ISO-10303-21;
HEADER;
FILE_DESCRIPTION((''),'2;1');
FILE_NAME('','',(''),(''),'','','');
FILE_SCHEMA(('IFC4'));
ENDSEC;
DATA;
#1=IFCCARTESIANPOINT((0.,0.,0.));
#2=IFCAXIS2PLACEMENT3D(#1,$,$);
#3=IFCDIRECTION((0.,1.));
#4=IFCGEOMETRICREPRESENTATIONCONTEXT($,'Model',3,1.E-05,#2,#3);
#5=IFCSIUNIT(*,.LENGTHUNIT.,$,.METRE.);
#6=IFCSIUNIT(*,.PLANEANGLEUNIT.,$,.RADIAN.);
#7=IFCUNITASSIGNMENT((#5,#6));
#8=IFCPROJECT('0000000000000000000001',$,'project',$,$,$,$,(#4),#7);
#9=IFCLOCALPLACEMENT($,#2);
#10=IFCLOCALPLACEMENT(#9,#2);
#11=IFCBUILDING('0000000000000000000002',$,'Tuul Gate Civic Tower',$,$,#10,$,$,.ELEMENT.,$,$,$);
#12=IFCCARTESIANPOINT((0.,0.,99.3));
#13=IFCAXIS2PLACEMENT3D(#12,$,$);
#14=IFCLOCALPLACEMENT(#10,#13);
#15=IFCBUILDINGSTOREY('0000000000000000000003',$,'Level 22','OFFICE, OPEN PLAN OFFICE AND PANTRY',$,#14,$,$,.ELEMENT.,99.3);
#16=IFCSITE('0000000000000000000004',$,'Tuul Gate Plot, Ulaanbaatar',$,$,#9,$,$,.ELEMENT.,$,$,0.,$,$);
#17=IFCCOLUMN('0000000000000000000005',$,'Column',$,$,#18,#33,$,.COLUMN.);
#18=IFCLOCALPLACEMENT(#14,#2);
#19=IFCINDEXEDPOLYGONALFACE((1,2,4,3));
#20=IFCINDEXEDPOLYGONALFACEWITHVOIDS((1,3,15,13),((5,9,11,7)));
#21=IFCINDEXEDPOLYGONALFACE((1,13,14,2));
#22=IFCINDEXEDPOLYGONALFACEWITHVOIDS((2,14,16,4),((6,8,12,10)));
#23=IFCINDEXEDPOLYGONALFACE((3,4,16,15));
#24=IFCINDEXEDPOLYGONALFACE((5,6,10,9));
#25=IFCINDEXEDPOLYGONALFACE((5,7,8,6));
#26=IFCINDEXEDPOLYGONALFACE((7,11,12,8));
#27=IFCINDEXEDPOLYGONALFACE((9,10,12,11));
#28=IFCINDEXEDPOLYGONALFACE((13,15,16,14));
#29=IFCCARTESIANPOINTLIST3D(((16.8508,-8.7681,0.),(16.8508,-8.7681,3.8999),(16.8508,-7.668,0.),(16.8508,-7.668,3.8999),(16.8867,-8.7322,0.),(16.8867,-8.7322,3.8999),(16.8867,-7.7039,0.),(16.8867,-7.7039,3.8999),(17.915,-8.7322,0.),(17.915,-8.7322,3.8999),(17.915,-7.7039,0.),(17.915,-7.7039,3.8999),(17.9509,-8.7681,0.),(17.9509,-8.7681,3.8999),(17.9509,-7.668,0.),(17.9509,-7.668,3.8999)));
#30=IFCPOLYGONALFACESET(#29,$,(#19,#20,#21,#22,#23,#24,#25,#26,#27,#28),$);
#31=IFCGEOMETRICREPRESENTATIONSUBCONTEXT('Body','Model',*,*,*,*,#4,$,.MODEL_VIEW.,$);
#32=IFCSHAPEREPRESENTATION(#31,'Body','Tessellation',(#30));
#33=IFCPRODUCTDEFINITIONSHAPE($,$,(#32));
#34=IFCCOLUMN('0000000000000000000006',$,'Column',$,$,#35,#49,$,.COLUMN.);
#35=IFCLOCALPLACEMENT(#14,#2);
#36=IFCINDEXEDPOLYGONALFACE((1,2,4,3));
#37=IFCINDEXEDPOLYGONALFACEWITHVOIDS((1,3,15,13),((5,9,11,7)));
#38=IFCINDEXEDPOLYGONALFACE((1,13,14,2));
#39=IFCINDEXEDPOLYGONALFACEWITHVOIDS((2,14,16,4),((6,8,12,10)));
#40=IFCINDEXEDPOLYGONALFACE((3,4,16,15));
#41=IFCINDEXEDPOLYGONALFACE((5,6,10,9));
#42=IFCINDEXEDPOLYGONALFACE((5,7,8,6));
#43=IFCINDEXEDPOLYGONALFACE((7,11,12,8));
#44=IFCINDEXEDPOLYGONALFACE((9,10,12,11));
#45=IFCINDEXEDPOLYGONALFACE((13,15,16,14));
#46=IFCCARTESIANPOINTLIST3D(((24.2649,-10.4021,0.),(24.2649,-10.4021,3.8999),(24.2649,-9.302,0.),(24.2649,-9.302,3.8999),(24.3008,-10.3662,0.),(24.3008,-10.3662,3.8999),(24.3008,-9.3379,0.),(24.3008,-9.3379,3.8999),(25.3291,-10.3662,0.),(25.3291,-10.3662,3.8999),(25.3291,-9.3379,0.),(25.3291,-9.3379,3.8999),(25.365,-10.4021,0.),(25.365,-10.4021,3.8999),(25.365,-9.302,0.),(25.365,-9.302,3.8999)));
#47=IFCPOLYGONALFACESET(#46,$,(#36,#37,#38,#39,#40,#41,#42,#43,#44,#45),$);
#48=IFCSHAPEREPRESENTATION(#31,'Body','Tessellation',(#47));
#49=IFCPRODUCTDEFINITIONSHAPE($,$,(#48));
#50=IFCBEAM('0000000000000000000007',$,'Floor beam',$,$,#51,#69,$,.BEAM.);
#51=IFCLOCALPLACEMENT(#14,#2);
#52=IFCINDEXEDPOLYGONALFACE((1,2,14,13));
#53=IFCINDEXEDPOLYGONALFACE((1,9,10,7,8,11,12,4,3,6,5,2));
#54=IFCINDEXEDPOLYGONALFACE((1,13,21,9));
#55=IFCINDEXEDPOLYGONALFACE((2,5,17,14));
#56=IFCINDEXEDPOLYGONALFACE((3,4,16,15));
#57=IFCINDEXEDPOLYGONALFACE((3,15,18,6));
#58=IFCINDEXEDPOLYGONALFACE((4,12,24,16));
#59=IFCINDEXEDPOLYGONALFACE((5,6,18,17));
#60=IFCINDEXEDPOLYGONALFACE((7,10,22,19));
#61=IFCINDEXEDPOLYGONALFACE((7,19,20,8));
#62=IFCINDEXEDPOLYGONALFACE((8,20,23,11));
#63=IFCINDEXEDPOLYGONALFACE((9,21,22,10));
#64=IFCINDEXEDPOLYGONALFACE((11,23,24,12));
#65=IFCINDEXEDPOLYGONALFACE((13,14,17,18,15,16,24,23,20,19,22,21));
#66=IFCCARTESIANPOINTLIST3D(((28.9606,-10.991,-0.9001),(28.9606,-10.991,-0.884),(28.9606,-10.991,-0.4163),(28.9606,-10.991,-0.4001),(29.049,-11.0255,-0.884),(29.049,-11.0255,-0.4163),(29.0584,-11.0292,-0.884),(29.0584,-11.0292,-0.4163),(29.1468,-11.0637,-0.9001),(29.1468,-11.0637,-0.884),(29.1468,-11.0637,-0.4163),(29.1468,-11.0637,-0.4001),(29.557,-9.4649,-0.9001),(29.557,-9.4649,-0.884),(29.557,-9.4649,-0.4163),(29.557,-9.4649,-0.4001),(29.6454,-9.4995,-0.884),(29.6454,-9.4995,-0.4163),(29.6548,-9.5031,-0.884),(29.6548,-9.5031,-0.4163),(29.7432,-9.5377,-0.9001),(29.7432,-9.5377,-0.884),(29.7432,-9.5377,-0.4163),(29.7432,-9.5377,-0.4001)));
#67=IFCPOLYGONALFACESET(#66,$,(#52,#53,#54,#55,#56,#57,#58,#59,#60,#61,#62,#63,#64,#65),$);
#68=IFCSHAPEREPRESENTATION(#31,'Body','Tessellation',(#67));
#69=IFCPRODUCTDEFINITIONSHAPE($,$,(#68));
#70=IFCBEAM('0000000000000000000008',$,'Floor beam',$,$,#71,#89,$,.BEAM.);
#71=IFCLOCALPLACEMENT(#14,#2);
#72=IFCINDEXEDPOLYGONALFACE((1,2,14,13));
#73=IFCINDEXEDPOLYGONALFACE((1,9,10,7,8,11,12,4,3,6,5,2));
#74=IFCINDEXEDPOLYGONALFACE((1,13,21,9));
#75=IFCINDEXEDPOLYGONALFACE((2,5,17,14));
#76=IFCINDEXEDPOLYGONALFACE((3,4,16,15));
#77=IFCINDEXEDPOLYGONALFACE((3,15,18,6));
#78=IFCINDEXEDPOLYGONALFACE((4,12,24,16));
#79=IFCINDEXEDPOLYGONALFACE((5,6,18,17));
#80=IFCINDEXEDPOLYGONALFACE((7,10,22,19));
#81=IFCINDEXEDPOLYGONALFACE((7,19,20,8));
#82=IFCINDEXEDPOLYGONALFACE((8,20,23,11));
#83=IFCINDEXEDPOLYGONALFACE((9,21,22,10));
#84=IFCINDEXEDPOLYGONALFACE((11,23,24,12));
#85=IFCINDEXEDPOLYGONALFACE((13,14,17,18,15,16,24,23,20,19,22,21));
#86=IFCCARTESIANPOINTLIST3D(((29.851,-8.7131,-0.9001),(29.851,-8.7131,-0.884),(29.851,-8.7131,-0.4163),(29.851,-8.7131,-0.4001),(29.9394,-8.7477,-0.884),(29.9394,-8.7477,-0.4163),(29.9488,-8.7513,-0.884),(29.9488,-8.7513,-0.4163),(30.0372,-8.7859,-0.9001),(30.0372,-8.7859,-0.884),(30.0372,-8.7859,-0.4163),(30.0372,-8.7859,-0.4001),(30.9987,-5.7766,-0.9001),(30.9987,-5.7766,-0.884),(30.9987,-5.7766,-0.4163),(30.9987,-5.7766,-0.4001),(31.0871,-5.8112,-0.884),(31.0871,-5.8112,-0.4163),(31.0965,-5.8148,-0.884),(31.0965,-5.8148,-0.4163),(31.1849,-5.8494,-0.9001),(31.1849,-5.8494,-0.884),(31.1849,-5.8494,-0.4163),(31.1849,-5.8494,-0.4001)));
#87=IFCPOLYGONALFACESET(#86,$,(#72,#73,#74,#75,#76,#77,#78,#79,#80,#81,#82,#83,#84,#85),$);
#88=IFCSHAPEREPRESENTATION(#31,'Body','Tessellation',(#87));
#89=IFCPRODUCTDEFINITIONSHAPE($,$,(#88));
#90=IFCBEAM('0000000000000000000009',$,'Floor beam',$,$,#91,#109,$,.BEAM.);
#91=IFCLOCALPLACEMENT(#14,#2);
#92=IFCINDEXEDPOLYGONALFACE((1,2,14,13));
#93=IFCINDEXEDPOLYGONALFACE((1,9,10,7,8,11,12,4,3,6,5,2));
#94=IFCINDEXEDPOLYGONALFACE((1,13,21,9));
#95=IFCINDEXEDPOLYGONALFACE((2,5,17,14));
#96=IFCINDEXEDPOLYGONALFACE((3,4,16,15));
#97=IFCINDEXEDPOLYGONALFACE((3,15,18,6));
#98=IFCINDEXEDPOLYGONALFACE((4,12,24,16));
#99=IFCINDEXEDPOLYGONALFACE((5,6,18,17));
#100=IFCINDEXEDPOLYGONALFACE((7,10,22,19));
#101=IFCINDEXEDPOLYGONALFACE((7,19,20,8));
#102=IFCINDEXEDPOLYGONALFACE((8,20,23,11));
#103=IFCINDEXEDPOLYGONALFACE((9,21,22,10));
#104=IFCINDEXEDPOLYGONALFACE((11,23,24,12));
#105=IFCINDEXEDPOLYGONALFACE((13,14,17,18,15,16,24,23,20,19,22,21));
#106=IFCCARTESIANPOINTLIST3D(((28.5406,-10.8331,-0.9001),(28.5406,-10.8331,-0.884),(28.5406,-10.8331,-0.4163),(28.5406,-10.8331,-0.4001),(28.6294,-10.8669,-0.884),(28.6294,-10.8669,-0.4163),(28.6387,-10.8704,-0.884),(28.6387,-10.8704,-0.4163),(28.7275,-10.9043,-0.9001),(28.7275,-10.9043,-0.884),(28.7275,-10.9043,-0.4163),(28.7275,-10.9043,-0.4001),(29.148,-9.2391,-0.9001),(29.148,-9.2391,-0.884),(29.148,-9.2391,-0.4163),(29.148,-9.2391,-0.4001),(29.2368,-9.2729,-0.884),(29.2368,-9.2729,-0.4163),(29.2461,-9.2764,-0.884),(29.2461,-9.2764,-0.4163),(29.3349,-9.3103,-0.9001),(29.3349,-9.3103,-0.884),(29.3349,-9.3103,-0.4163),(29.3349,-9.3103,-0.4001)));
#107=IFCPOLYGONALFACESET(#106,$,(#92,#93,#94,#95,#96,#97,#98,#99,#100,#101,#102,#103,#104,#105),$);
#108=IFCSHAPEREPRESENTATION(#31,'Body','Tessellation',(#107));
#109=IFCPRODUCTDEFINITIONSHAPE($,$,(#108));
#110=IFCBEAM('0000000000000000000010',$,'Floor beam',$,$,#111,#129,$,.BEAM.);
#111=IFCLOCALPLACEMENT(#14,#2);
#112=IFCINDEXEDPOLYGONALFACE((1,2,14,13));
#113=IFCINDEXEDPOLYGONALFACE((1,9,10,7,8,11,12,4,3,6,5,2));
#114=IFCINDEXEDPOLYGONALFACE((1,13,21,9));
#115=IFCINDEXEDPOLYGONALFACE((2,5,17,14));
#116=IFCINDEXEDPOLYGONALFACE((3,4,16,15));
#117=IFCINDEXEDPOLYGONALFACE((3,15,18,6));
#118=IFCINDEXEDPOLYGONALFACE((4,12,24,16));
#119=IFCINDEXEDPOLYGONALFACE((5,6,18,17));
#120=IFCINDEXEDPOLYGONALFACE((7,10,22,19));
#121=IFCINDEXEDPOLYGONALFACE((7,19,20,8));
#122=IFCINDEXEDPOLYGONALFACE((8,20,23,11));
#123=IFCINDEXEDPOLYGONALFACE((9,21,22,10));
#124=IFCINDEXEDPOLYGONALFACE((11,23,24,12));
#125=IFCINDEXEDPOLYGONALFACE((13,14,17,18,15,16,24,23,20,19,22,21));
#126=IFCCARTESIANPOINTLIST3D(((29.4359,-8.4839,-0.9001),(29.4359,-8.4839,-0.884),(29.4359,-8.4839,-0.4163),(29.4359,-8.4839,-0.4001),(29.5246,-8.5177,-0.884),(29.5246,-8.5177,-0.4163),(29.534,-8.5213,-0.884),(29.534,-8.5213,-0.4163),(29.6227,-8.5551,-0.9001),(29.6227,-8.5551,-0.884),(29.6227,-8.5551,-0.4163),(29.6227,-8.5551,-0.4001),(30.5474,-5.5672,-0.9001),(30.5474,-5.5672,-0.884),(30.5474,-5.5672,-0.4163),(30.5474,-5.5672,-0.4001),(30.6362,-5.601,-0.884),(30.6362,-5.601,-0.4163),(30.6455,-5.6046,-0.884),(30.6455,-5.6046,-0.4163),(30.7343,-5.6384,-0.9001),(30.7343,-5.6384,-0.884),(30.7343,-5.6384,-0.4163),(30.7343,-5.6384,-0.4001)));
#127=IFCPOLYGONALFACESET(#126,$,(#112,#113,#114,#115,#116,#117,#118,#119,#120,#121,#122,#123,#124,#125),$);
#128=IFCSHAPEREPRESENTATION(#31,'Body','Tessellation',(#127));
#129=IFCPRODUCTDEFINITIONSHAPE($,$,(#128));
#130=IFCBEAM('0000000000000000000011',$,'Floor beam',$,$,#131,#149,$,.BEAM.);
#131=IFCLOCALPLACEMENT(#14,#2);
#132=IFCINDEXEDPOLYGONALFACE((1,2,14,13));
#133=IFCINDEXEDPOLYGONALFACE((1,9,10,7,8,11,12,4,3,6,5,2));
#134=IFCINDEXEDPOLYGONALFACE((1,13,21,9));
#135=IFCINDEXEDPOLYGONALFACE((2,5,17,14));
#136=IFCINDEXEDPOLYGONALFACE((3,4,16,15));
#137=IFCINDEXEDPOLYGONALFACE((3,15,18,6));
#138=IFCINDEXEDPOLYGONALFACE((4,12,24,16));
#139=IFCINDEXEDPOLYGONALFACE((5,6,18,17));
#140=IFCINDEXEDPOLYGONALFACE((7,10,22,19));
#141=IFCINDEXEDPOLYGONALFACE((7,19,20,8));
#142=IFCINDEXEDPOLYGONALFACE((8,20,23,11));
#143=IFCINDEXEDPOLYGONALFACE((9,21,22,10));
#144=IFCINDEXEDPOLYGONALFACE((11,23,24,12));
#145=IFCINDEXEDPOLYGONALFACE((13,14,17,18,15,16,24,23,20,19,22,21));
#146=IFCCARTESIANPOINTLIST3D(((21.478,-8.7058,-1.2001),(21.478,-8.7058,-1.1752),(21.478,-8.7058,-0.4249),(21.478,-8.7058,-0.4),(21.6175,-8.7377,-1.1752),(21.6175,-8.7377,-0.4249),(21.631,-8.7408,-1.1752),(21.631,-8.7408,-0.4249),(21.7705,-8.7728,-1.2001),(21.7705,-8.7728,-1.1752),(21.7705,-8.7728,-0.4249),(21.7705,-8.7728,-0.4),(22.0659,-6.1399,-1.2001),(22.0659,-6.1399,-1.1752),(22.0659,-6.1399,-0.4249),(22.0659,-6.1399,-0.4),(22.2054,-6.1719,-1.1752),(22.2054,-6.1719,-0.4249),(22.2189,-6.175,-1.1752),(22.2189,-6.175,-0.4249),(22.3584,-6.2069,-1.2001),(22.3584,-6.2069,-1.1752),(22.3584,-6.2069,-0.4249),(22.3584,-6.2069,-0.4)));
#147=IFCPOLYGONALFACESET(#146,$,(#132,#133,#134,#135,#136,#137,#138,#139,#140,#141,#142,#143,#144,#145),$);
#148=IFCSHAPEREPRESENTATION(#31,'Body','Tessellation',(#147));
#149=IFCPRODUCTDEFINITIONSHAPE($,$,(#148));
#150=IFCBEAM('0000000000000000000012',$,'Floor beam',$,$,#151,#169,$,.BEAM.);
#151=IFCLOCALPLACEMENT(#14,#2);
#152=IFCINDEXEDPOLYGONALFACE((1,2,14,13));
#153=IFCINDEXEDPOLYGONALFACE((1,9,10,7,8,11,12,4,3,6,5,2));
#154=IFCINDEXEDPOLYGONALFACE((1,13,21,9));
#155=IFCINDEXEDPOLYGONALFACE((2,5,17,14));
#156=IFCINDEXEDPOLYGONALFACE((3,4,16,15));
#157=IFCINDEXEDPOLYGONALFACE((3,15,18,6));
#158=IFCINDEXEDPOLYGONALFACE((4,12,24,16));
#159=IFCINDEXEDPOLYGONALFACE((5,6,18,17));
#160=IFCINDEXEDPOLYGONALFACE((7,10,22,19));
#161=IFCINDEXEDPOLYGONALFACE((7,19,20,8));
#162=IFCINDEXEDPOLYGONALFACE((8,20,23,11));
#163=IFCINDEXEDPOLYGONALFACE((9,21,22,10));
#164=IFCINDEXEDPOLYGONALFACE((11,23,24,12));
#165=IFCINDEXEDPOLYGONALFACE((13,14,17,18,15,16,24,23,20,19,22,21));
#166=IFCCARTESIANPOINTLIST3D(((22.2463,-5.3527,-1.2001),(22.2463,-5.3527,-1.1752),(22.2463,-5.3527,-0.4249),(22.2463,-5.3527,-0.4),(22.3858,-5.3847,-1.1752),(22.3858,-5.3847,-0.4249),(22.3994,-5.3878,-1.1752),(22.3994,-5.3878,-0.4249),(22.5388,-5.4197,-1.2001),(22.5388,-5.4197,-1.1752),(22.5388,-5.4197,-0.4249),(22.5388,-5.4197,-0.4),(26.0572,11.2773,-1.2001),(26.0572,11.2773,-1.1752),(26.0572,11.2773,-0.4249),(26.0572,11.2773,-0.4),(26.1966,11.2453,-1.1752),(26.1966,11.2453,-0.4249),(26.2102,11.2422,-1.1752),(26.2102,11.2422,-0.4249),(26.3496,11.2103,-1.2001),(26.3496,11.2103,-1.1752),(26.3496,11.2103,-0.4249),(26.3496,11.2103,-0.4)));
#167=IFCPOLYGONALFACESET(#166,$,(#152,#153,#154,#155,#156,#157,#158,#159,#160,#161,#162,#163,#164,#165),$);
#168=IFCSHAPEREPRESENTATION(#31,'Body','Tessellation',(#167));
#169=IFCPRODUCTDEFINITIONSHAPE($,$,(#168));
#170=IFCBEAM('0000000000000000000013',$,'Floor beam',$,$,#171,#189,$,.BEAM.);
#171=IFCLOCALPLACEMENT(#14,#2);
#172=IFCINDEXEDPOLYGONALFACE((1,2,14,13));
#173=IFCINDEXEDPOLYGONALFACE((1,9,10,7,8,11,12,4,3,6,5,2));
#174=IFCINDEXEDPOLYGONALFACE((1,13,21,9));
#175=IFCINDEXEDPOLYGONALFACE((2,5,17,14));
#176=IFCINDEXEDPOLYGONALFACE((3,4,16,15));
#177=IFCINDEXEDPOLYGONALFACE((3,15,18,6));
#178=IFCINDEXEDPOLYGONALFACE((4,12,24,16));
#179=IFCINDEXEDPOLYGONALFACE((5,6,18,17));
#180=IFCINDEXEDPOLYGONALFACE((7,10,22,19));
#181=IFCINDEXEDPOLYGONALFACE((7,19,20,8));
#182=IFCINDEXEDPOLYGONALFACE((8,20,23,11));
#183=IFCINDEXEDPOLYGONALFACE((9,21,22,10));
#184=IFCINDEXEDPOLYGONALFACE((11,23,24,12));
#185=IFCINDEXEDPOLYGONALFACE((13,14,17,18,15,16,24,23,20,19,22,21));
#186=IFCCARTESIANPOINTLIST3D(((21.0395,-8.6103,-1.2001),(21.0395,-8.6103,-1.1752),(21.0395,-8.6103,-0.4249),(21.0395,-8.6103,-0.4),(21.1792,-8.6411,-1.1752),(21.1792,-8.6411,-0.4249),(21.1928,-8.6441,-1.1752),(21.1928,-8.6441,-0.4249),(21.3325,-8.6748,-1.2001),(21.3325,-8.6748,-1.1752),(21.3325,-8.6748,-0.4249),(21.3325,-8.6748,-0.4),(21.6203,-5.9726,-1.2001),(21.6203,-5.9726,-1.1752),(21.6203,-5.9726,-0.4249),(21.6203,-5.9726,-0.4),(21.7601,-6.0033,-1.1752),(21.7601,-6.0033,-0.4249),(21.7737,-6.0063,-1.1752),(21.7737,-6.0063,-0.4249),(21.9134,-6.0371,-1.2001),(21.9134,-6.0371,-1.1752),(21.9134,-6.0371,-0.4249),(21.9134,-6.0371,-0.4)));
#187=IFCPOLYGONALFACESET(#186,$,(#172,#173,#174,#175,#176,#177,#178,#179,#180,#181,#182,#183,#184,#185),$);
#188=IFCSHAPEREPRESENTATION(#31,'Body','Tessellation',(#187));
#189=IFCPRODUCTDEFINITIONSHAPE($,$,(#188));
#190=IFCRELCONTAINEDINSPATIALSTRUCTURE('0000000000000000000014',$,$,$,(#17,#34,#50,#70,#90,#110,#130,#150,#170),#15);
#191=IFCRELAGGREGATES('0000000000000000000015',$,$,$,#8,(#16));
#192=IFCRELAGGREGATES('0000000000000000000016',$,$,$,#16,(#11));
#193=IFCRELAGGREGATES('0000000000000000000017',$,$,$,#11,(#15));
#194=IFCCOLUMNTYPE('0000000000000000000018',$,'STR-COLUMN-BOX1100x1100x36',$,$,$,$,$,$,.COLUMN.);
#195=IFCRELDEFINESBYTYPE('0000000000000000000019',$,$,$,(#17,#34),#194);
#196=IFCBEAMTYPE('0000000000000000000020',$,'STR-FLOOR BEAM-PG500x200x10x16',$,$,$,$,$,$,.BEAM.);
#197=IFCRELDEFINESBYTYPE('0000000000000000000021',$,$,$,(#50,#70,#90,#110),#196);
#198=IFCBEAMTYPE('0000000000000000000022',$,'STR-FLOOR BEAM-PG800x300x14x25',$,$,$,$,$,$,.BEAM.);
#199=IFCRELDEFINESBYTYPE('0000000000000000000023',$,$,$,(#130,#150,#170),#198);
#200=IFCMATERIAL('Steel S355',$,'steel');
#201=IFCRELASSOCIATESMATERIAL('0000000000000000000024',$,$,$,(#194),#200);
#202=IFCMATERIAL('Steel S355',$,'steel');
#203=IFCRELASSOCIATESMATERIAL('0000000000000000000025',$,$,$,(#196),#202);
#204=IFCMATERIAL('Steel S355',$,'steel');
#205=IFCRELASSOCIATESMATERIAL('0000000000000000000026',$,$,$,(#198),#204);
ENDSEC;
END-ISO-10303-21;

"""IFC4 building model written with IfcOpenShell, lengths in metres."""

from ifc_helpers import new_model, si_unit, direction, frame, origin, origin_2d, place, context, subcontext, project, spatial, hollow_rectangle, i_section, extrude, material, material_profile, profile_set, type_object, element, save


model = new_model("IFC4")

# Units and contexts
model_context = context("Model", 3, precision=1e-05, world=origin(), true_north=direction((0.0, 1.0)))
body_context = subcontext(model_context, "Body", "Model", "MODEL_VIEW")
ifc_project = project(units=[si_unit("LENGTHUNIT", "METRE"), si_unit("PLANEANGLEUNIT", "RADIAN")], contexts=[model_context])

# Site, building, storey
site_placement = place(None, origin())
site = spatial("IfcSite", under=ifc_project, at=site_placement, Name="Tuul Gate Plot, Ulaanbaatar", CompositionType="ELEMENT", RefElevation=0.0)
building_placement = place(site_placement, origin())
building = spatial("IfcBuilding", under=site, at=building_placement, Name="Tuul Gate Civic Tower", CompositionType="ELEMENT")
storey_placement = place(building_placement, frame((0.0, 0.0, 99.3)))
storey = spatial("IfcBuildingStorey", under=building, at=storey_placement, Name="Level 22", Description="OFFICE, OPEN PLAN OFFICE AND PANTRY", CompositionType="ELEMENT", Elevation=99.3)

# Columns
ifc_material_1 = material(Name="Steel S355", Category="steel")
ifc_material_profile_1 = material_profile(ifc_material_1, hollow_rectangle(XDim=1.1001, YDim=1.1001, WallThickness=0.0359, at=origin_2d()), Name="BOX1100x1100x36")
ifc_profile_set_1 = profile_set([ifc_material_profile_1], Name="Steel S355")
column_type = type_object("IfcColumnType", Name="STR-COLUMN-BOX1100x1100x36", PredefinedType="COLUMN", material=ifc_profile_set_1)
for number, where, z_axis, x_axis, name in (
    (1, (17.4009, -8.218, 0.0), (0.0, 0.0, 1.0), (1.0, 0.0, 0.0), "Column"),
    (2, (24.8149, -9.8521, 0.0), (0.0, 0.0, 1.0), (1.0, 0.0, 0.0), "Column"),
):
    element("IfcColumn", number, at=place(storey_placement, frame(where, z_axis=z_axis, x_axis=x_axis)), inside=storey, type_object=column_type, Name=name, PredefinedType="COLUMN", context=body_context, shape_type="SweptSolid", body=[
        extrude(hollow_rectangle(XDim=1.1001, YDim=1.1001, WallThickness=0.0359, at=origin_2d()), origin(), (0.0, 0.0, 1.0), 3.8999),
    ])

# Beams
ifc_material_2 = material(Name="Steel S355", Category="steel")
ifc_material_profile_2 = material_profile(ifc_material_2, i_section(OverallWidth=0.2, OverallDepth=0.5, WebThickness=0.01, FlangeThickness=0.0161, at=origin_2d()), Name="PG500x200x10x16")
ifc_profile_set_2 = profile_set([ifc_material_profile_2], Name="Steel S355")
beam_type_1 = type_object("IfcBeamType", Name="STR-FLOOR BEAM-PG500x200x10x16", PredefinedType="BEAM", material=ifc_profile_set_2)
beam_1_placement = place(storey_placement, frame((29.0537, -11.0273, -0.6501), z_axis=(0.364006, 0.931397, 0.0), x_axis=(-0.931397, 0.364006, 0.0)))
element("IfcBeam", 3, at=beam_1_placement, inside=storey, type_object=beam_type_1, Name="Floor beam", PredefinedType="BEAM", context=body_context, shape_type="SweptSolid", body=[
    extrude(i_section(OverallWidth=0.2, OverallDepth=0.5, WebThickness=0.01, FlangeThickness=0.0161, at=origin_2d()), origin(), (0.0, 0.0, 1.0), 1.6384),
])
beam_2_placement = place(storey_placement, frame((29.9441, -8.7495, -0.6501), z_axis=(0.364023, 0.93139, 0.0), x_axis=(-0.93139, 0.364023, 0.0)))
element("IfcBeam", 4, at=beam_2_placement, inside=storey, type_object=beam_type_1, Name="Floor beam", PredefinedType="BEAM", context=body_context, shape_type="SweptSolid", body=[
    extrude(i_section(OverallWidth=0.2, OverallDepth=0.5, WebThickness=0.01, FlangeThickness=0.0161, at=origin_2d()), origin(), (0.0, 0.0, 1.0), 3.1528),
])
beam_3_placement = place(storey_placement, frame((28.634, -10.8687, -0.6501), z_axis=(0.356091, 0.934451, 0.0), x_axis=(-0.934451, 0.356091, 0.0)))
element("IfcBeam", 5, at=beam_3_placement, inside=storey, type_object=beam_type_1, Name="Floor beam", PredefinedType="BEAM", context=body_context, shape_type="SweptSolid", body=[
    extrude(i_section(OverallWidth=0.2, OverallDepth=0.5, WebThickness=0.01, FlangeThickness=0.0161, at=origin_2d()), origin(), (0.0, 0.0, 1.0), 1.7058),
])
beam_4_placement = place(storey_placement, frame((29.5293, -8.5195, -0.6501), z_axis=(0.356116, 0.934442, 0.0), x_axis=(-0.934442, 0.356116, 0.0)))
element("IfcBeam", 6, at=beam_4_placement, inside=storey, type_object=beam_type_1, Name="Floor beam", PredefinedType="BEAM", context=body_context, shape_type="SweptSolid", body=[
    extrude(i_section(OverallWidth=0.2, OverallDepth=0.5, WebThickness=0.01, FlangeThickness=0.0161, at=origin_2d()), origin(), (0.0, 0.0, 1.0), 3.1213),
])
ifc_material_3 = material(Name="Steel S355", Category="steel")
ifc_material_profile_3 = material_profile(ifc_material_3, i_section(OverallWidth=0.3, OverallDepth=0.8, WebThickness=0.0139, FlangeThickness=0.0249, at=origin_2d()), Name="PG800x300x14x25")
ifc_profile_set_3 = profile_set([ifc_material_profile_3], Name="Steel S355")
beam_type_2 = type_object("IfcBeamType", Name="STR-FLOOR BEAM-PG800x300x14x25", PredefinedType="BEAM", material=ifc_profile_set_3)
beam_5_placement = place(storey_placement, frame((21.6243, -8.7393, -0.8), z_axis=(0.223328, 0.974743, 0.0), x_axis=(-0.974743, 0.223328, 0.0)))
element("IfcBeam", 7, at=beam_5_placement, inside=storey, type_object=beam_type_2, Name="Floor beam", PredefinedType="BEAM", context=body_context, shape_type="SweptSolid", body=[
    extrude(i_section(OverallWidth=0.3, OverallDepth=0.8, WebThickness=0.0139, FlangeThickness=0.0249, at=origin_2d()), origin(), (0.0, 0.0, 1.0), 2.6323),
])
beam_6_placement = place(storey_placement, frame((22.3926, -5.3862, -0.8), z_axis=(0.223364, 0.974735, 0.0), x_axis=(-0.974735, 0.223364, 0.0)))
element("IfcBeam", 8, at=beam_6_placement, inside=storey, type_object=beam_type_2, Name="Floor beam", PredefinedType="BEAM", context=body_context, shape_type="SweptSolid", body=[
    extrude(i_section(OverallWidth=0.3, OverallDepth=0.8, WebThickness=0.0139, FlangeThickness=0.0249, at=origin_2d()), origin(), (0.0, 0.0, 1.0), 17.061),
])
beam_7_placement = place(storey_placement, frame((21.186, -8.6426, -0.8), z_axis=(0.215045, 0.976604, 0.0), x_axis=(-0.976604, 0.215045, 0.0)))
element("IfcBeam", 9, at=beam_7_placement, inside=storey, type_object=beam_type_2, Name="Floor beam", PredefinedType="BEAM", context=body_context, shape_type="SweptSolid", body=[
    extrude(i_section(OverallWidth=0.3, OverallDepth=0.8, WebThickness=0.0139, FlangeThickness=0.0249, at=origin_2d()), origin(), (0.0, 0.0, 1.0), 2.7009),
])

save(model, "model.ifc")
